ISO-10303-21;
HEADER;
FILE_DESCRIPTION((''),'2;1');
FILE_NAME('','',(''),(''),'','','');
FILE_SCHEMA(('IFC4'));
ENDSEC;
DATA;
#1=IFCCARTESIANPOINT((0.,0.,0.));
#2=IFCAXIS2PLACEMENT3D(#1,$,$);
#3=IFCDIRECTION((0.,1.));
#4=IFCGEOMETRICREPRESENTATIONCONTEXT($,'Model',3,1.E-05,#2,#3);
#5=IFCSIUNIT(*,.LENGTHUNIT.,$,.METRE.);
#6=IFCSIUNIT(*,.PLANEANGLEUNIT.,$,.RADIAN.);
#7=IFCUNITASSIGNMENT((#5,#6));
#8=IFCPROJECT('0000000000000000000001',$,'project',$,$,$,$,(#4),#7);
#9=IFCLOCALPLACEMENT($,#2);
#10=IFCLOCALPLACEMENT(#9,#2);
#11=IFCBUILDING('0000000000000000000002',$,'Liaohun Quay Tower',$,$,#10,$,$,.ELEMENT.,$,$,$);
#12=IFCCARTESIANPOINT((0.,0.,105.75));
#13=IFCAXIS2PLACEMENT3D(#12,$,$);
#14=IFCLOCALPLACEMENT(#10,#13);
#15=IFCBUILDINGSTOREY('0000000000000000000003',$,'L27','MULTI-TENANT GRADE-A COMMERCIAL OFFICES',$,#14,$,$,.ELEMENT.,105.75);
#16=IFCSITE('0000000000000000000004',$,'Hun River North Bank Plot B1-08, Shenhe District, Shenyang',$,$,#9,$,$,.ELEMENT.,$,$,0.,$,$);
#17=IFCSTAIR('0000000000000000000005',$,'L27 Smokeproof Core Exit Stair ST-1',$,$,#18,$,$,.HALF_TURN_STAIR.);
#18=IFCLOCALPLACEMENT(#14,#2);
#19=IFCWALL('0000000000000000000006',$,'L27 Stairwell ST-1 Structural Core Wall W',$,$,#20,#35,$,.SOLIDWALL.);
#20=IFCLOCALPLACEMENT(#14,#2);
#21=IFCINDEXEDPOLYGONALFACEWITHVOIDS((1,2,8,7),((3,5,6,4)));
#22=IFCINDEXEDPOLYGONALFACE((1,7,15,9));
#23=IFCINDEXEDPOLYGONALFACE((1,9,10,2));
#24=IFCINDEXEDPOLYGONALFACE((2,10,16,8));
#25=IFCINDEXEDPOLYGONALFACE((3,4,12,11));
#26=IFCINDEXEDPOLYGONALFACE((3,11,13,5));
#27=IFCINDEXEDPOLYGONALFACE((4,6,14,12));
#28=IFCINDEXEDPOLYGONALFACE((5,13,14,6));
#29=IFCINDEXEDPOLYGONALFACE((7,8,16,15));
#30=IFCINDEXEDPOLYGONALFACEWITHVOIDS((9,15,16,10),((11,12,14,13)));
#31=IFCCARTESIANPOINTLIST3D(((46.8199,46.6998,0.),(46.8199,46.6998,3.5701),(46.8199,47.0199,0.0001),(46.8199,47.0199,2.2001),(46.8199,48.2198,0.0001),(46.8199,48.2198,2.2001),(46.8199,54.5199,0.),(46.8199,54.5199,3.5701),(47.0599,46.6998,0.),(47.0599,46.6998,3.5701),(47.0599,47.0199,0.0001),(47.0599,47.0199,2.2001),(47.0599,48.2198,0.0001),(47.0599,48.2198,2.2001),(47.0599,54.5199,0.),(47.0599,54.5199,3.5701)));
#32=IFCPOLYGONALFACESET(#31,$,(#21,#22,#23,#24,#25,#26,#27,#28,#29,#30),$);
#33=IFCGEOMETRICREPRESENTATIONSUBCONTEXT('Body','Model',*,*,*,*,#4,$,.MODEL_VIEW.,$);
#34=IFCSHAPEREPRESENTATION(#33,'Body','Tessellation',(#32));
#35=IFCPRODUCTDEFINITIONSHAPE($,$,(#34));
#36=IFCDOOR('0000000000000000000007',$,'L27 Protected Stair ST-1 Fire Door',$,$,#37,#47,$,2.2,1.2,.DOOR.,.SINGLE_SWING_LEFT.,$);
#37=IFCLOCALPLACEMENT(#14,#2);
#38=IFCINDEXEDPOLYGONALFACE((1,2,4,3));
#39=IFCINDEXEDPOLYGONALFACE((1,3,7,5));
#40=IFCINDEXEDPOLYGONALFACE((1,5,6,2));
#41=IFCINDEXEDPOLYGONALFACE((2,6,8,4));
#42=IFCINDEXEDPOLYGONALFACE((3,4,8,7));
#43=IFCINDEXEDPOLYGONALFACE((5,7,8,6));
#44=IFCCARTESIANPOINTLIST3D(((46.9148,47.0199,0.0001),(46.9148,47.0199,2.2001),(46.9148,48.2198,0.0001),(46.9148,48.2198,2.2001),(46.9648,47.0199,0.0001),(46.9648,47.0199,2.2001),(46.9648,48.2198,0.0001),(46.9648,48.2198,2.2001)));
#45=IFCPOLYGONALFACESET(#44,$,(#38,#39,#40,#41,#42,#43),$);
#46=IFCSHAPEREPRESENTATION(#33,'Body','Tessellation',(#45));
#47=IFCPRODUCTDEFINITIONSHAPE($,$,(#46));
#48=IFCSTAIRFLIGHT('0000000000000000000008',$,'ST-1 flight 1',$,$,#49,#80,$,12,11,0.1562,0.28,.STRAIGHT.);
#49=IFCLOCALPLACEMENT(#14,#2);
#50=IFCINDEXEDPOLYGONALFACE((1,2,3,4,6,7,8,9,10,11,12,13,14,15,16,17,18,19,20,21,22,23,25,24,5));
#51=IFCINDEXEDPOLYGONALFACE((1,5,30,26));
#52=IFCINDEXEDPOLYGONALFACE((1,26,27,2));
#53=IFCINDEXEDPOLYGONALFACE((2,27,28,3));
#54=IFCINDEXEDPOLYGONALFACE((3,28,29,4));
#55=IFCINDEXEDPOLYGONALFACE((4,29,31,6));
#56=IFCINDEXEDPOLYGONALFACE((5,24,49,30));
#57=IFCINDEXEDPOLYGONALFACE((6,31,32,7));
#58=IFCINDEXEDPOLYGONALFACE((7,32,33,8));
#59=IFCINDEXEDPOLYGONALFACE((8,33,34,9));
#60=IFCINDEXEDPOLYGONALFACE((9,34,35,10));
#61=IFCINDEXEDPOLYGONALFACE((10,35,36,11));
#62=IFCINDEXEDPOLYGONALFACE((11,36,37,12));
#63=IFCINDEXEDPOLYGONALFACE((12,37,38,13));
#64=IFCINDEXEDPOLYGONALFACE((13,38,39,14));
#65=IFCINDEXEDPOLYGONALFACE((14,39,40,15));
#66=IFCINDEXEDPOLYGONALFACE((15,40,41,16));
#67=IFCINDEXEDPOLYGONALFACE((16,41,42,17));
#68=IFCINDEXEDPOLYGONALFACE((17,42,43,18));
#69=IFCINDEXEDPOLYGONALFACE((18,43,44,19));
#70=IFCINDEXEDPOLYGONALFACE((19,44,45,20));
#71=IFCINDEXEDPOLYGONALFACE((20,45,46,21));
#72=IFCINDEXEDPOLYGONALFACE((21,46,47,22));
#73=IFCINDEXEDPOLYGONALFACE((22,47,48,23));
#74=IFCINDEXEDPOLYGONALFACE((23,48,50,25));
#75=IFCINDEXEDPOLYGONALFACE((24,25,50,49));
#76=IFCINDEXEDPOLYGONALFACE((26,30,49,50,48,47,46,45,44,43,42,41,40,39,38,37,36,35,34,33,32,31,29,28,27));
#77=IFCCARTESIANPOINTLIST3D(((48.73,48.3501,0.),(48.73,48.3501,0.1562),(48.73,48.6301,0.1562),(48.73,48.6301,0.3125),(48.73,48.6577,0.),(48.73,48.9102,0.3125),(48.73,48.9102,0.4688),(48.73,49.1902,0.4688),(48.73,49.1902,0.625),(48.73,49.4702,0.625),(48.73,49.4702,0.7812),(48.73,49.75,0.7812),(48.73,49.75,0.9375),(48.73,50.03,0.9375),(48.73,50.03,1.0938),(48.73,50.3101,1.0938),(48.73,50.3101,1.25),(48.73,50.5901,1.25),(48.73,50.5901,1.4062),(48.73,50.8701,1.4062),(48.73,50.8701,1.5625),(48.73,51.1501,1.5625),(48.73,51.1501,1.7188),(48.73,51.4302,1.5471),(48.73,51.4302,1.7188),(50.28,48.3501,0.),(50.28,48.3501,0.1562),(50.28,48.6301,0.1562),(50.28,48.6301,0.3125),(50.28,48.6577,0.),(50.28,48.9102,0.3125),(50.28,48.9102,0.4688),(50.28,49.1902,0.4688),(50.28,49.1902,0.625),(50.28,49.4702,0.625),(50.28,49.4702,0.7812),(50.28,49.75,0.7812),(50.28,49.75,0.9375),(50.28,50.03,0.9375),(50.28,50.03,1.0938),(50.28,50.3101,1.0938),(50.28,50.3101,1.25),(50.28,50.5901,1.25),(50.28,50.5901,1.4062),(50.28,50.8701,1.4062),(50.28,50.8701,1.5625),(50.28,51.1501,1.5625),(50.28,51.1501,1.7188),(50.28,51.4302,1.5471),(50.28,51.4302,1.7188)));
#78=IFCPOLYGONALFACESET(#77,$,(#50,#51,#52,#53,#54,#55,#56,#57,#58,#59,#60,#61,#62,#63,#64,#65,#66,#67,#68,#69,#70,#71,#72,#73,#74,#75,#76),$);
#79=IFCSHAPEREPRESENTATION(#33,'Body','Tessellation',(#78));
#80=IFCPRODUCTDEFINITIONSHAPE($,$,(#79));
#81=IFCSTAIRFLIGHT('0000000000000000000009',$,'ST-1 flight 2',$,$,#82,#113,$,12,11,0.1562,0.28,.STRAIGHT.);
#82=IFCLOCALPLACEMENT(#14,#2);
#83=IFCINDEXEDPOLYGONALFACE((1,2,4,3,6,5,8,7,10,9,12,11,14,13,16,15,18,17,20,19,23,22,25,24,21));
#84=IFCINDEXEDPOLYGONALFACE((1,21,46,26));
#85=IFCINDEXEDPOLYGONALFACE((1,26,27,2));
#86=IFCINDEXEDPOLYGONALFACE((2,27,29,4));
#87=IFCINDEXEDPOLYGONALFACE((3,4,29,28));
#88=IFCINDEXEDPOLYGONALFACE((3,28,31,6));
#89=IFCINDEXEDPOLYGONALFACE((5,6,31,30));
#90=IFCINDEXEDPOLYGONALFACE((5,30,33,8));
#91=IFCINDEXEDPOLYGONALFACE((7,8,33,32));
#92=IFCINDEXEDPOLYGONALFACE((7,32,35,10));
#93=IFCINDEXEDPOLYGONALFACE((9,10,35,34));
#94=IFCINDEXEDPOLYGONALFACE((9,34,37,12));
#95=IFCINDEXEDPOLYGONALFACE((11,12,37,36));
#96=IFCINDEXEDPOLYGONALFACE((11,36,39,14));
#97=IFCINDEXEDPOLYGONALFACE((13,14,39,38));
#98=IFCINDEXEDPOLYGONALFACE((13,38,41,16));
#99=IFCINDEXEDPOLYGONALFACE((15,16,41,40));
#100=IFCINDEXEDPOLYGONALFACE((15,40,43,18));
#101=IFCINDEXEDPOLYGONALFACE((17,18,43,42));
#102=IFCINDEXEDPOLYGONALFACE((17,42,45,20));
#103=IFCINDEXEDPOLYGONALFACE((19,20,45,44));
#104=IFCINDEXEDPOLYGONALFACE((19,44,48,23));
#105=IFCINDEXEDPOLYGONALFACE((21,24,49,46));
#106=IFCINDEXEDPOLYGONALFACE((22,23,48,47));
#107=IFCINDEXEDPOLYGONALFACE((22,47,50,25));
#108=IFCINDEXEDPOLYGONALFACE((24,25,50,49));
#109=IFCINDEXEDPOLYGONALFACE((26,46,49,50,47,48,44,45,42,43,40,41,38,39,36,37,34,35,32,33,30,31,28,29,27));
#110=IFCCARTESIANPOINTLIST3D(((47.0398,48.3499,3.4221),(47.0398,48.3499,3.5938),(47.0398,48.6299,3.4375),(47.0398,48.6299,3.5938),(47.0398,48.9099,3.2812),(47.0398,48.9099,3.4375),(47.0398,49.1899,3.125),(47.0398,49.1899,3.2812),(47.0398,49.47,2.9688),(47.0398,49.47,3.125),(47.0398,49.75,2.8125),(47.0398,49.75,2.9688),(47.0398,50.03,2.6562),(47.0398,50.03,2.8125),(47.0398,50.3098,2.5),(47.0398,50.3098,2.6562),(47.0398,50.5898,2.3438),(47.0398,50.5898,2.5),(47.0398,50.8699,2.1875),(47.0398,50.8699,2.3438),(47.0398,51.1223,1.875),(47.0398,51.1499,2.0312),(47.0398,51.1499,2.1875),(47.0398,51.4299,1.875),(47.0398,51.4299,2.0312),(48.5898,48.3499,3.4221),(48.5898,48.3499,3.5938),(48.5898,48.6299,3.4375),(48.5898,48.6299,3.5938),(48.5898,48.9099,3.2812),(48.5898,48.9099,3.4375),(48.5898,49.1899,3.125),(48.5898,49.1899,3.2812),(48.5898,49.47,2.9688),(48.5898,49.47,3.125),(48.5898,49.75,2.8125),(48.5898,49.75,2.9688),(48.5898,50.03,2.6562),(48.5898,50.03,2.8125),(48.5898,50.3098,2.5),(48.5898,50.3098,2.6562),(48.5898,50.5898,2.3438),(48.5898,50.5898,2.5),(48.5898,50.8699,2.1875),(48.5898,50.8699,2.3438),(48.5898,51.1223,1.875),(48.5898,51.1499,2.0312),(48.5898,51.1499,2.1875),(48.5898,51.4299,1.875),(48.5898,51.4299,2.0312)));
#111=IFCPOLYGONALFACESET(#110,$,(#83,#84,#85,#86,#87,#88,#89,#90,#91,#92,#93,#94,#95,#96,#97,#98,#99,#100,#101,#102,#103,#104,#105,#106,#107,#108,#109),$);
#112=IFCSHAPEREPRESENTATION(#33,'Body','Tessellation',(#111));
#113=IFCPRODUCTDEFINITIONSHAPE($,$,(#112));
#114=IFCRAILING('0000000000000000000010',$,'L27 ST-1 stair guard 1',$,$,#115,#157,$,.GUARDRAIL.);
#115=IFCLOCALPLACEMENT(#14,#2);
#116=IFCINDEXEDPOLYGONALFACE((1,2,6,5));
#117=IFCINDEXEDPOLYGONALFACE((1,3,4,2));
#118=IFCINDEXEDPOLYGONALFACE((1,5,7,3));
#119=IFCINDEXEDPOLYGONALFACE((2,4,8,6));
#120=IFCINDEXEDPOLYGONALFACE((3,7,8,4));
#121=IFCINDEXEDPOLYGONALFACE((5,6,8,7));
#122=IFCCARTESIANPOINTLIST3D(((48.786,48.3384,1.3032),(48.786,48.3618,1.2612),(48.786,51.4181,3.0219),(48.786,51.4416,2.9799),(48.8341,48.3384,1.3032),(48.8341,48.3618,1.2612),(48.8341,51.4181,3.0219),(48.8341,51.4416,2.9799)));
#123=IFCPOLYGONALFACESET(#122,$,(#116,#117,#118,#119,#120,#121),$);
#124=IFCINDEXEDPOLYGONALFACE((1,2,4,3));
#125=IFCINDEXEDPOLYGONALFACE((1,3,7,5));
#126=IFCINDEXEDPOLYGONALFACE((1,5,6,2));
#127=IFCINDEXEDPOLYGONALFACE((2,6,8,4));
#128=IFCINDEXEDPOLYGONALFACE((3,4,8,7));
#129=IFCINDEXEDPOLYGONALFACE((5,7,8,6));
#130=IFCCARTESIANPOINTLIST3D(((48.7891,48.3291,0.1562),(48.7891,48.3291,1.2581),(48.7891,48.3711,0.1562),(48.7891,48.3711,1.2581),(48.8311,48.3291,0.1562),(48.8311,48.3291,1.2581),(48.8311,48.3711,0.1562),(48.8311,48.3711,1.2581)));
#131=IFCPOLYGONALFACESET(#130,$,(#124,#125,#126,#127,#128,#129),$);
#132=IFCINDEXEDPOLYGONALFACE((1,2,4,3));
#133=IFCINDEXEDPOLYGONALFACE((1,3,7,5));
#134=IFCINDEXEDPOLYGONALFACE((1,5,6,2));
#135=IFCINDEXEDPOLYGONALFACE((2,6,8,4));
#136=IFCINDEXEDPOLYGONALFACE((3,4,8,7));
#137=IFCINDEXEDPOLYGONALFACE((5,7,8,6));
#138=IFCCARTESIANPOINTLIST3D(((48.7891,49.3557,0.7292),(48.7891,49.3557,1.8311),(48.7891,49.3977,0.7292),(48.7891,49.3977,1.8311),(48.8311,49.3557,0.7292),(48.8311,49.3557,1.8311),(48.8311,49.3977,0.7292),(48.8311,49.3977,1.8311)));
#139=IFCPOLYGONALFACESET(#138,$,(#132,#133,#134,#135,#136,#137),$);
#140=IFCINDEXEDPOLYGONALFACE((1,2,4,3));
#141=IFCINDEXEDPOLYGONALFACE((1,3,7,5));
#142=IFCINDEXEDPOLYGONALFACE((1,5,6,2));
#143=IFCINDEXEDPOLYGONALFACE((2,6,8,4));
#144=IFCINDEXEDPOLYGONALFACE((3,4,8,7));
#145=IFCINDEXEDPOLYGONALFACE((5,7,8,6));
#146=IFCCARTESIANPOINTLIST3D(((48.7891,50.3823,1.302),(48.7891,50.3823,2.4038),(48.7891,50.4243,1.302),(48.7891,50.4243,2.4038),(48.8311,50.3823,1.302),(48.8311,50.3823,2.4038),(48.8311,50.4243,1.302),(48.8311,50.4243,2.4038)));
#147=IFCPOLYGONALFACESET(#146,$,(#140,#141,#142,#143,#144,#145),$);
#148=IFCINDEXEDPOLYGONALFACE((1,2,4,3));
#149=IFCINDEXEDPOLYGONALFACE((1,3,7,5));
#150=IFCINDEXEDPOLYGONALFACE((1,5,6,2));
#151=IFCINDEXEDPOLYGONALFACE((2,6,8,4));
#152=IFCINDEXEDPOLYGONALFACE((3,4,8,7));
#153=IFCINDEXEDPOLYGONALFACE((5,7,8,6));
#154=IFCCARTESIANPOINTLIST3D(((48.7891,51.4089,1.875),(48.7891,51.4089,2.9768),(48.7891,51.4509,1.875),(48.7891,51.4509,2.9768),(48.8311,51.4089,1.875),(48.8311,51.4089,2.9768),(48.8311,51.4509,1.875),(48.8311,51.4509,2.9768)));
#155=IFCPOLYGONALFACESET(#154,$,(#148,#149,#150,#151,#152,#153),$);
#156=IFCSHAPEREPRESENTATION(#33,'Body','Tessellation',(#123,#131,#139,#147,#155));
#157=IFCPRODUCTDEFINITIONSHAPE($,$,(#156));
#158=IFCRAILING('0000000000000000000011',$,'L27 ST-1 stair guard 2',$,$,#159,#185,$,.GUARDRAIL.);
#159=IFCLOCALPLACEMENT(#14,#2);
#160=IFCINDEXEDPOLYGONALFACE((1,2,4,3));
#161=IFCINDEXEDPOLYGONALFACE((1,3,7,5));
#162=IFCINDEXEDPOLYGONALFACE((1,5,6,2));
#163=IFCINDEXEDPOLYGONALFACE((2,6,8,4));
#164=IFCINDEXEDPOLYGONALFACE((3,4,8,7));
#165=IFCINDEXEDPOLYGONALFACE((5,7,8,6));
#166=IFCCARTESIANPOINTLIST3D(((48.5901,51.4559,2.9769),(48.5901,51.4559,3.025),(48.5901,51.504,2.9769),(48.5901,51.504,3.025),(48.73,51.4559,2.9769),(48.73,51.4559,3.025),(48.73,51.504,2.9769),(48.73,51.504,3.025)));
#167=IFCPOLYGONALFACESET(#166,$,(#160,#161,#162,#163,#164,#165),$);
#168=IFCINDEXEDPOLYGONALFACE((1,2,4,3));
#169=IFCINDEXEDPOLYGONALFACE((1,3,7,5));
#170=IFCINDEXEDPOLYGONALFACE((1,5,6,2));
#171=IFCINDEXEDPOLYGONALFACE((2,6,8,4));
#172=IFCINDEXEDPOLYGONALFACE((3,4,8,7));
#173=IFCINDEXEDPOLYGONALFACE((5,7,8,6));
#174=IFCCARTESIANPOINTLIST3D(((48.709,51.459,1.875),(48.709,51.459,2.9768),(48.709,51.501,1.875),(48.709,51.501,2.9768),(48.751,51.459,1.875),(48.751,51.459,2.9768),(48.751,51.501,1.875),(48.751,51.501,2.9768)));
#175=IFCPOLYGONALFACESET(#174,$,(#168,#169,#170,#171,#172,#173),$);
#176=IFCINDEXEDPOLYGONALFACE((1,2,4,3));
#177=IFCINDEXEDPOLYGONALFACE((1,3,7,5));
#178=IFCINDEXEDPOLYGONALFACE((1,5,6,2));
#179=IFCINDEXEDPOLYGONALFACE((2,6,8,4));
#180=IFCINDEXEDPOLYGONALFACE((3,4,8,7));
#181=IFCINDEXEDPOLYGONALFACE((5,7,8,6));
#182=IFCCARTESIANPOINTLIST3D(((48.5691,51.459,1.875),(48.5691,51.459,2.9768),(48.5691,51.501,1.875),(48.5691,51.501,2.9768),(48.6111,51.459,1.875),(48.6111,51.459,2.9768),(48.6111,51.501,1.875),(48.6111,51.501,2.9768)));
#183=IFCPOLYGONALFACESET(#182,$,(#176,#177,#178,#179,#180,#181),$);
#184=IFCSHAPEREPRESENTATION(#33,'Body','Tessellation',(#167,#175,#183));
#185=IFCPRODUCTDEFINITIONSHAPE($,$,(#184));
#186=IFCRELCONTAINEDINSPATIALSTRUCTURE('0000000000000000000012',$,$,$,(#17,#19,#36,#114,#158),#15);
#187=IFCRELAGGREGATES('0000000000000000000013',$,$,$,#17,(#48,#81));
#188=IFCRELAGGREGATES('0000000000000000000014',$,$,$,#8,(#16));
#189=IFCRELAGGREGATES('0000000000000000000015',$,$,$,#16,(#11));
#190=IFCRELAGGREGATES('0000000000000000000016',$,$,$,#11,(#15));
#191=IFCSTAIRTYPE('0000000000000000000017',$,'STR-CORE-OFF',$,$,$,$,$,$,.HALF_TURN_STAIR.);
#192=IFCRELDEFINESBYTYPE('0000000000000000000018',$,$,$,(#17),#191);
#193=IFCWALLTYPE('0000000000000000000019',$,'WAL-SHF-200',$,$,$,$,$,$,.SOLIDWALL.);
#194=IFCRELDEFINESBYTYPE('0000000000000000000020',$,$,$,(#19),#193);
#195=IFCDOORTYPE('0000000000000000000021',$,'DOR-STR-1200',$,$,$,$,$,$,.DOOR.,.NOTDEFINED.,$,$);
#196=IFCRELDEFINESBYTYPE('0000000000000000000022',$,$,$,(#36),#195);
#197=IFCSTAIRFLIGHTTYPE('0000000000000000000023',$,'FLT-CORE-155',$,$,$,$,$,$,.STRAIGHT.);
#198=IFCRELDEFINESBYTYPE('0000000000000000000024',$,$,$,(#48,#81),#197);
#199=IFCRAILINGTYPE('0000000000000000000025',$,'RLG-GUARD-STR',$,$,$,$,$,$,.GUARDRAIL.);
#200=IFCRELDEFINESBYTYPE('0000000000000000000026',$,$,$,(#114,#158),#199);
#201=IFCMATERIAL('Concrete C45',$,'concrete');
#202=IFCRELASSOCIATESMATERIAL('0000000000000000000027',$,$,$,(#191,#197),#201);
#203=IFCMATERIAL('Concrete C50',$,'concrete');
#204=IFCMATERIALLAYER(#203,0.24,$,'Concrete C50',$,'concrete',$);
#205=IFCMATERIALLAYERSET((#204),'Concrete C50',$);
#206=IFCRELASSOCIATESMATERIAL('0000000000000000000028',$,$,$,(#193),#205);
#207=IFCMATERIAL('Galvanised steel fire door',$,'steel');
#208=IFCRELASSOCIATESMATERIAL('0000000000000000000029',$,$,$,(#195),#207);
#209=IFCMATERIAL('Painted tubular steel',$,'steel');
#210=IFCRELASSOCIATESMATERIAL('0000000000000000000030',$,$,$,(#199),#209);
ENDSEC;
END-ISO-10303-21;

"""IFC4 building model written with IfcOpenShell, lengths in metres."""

from ifc_helpers import new_model, si_unit, direction, frame, frame_2d, origin, origin_2d, place, context, subcontext, project, spatial, polyline, rectangle, outline, extrude, source, transform, mapped, material, layer, layer_set, type_object, element, fill, aggregate, save


model = new_model("IFC4")

# Units and contexts
model_context = context("Model", 3, precision=1e-05, world=origin(), true_north=direction((0.0, 1.0)))
body_context = subcontext(model_context, "Body", "Model", "MODEL_VIEW")
ifc_project = project(units=[si_unit("LENGTHUNIT", "METRE"), si_unit("PLANEANGLEUNIT", "RADIAN")], contexts=[model_context])

# Site, building, storey
site_placement = place(None, origin())
site = spatial("IfcSite", under=ifc_project, at=site_placement, Name="Hun River North Bank Plot B1-08, Shenhe District, Shenyang", CompositionType="ELEMENT", RefElevation=0.0)
building_placement = place(site_placement, origin())
building = spatial("IfcBuilding", under=site, at=building_placement, Name="Liaohun Quay Tower", CompositionType="ELEMENT")
storey_placement = place(building_placement, frame((0.0, 0.0, 105.75)))
storey = spatial("IfcBuildingStorey", under=building, at=storey_placement, Name="L27", Description="MULTI-TENANT GRADE-A COMMERCIAL OFFICES", CompositionType="ELEMENT", Elevation=105.75)

# Stair
ifc_material_1 = material(Name="Concrete C45", Category="concrete")
stair_type = type_object("IfcStairType", Name="STR-CORE-OFF", PredefinedType="HALF_TURN_STAIR", material=ifc_material_1)
stair_1_placement = place(storey_placement, origin())
stair_1 = element("IfcStair", 1, at=stair_1_placement, inside=storey, type_object=stair_type, Name="L27 Smokeproof Core Exit Stair ST-1", PredefinedType="HALF_TURN_STAIR")

# Shared definitions
ifc_material_2 = material(Name="Concrete C50", Category="concrete")
ifc_layer_1 = layer(ifc_material_2, 0.24, Name="Concrete C50", Category="concrete")
ifc_layer_set_1 = layer_set([ifc_layer_1], Name="Concrete C50")
wall_type_1 = type_object("IfcWallType", Name="WAL-SHF-200", PredefinedType="SOLIDWALL", material=ifc_layer_set_1)

# Wall, opening, door
wall_1_placement = place(storey_placement, frame((46.9399, 54.52, 0.0), z_axis=(0.0, 0.0, 1.0), x_axis=(0.0, -1.0, 0.0)))
wall_1 = element("IfcWall", 2, at=wall_1_placement, inside=storey, type_object=wall_type_1, Name="L27 Stairwell ST-1 Structural Core Wall W", PredefinedType="SOLIDWALL", context=body_context, shape_type="SweptSolid", body=[
    extrude(rectangle(XDim=7.8201, YDim=0.24, at=frame_2d((3.9102, 0.0))), origin(), (0.0, 0.0, 1.0), 3.5701),
])
shared_shape_1 = source(origin(), body_context, "Body", "SweptSolid", [
    extrude(rectangle(XDim=1.2, YDim=2.2, at=frame_2d((0.6001, 1.1001))), frame((0.0, 0.1299, 0.0), z_axis=(0.0, -1.0, 0.0), x_axis=(1.0, 0.0, 0.0)), (0.0, 0.0, 1.0), 0.26),
])
opening_1_placement = place(wall_1_placement, frame((6.3, 0.0, 0.0)))
opening_1 = element("IfcOpeningElement", 3, at=opening_1_placement, cuts=wall_1, PredefinedType="OPENING", context=body_context, shape_type="MappedRepresentation", body=[
    mapped(shared_shape_1, transform((0.0, 0.0, 0.0), x_axis=(1.0, 0.0, 0.0), y_axis=(0.0, 1.0, 0.0), z_axis=(0.0, 0.0, 1.0), scale=1.0)),
])
ifc_material_3 = material(Name="Galvanised steel fire door", Category="steel")
door_type_1 = type_object("IfcDoorType", Name="DOR-STR-1200", OperationType="NOTDEFINED", PredefinedType="DOOR", material=ifc_material_3)
shared_shape_2 = source(origin(), body_context, "Body", "SweptSolid", [
    extrude(rectangle(XDim=1.2, YDim=2.2, at=frame_2d((0.6001, 1.1001))), frame((0.0, 0.0249, 0.0), z_axis=(0.0, -1.0, 0.0), x_axis=(1.0, 0.0, 0.0)), (0.0, 0.0, 1.0), 0.05),
])
door_1_placement = place(opening_1_placement, origin())
door_1 = element("IfcDoor", 4, at=door_1_placement, inside=storey, type_object=door_type_1, Name="L27 Protected Stair ST-1 Fire Door", OperationType="SINGLE_SWING_LEFT", OverallHeight=2.2, OverallWidth=1.2, PredefinedType="DOOR", context=body_context, shape_type="MappedRepresentation", body=[
    mapped(shared_shape_2, transform((0.0, 0.0, 0.0), x_axis=(1.0, 0.0, 0.0), y_axis=(0.0, 1.0, 0.0), z_axis=(0.0, 0.0, 1.0), scale=1.0)),
])
fill(opening_1, door_1)

# Stair flights
stair_flight_type = type_object("IfcStairFlightType", Name="FLT-CORE-155", PredefinedType="STRAIGHT", material=ifc_material_1)
stair_flight_1_placement = place(storey_placement, frame((49.5049, 48.3501, 0.0), z_axis=(0.0, 0.0, 1.0), x_axis=(0.0, 1.0, 0.0)))
stair_flight_1 = element("IfcStairFlight", 5, at=stair_flight_1_placement, type_object=stair_flight_type, Name="ST-1 flight 1", NumberOfRisers=12, NumberOfTreads=11, PredefinedType="STRAIGHT", RiserHeight=0.1562, TreadLength=0.28, context=body_context, shape_type="SweptSolid", body=[
    extrude(outline(polyline([(0.0, 0.0), (0.0, 0.1562), (0.28, 0.1562), (0.28, 0.3125), (0.5601, 0.3125), (0.5601, 0.4688), (0.8401, 0.4688), (0.8401, 0.625), (1.1201, 0.625), (1.1201, 0.7812), (1.3999, 0.7812), (1.3999, 0.9375), (1.6799, 0.9375), (1.6799, 1.0938), (1.96, 1.0938), (1.96, 1.25), (2.24, 1.25), (2.24, 1.4062), (2.52, 1.4062), (2.52, 1.5625), (2.8, 1.5625), (2.8, 1.7188), (3.0801, 1.7188), (3.0801, 1.875), (3.0801, 1.5471), (0.3076, 0.0), (0.0, 0.0)])), frame((0.0, 0.7749, 0.0), z_axis=(0.0, -1.0, 0.0), x_axis=(1.0, 0.0, 0.0)), (0.0, 0.0, 1.0), 1.55),
])
stair_flight_2_placement = place(storey_placement, frame((47.8149, 51.4299, 1.875), z_axis=(0.0, 0.0, 1.0), x_axis=(0.0, -1.0, 0.0)))
stair_flight_2 = element("IfcStairFlight", 6, at=stair_flight_2_placement, type_object=stair_flight_type, Name="ST-1 flight 2", NumberOfRisers=12, NumberOfTreads=11, PredefinedType="STRAIGHT", RiserHeight=0.1562, TreadLength=0.28, context=body_context, shape_type="SweptSolid", body=[
    extrude(outline(polyline([(0.0, 0.0), (0.0, 0.1562), (0.28, 0.1562), (0.28, 0.3125), (0.5601, 0.3125), (0.5601, 0.4688), (0.8401, 0.4688), (0.8401, 0.625), (1.1201, 0.625), (1.1201, 0.7812), (1.3999, 0.7812), (1.3999, 0.9375), (1.6799, 0.9375), (1.6799, 1.0938), (1.96, 1.0938), (1.96, 1.25), (2.24, 1.25), (2.24, 1.4062), (2.52, 1.4062), (2.52, 1.5625), (2.8, 1.5625), (2.8, 1.7188), (3.0801, 1.7188), (3.0801, 1.875), (3.0801, 1.5471), (0.3076, 0.0), (0.0, 0.0)])), frame((0.0, 0.7749, 0.0), z_axis=(0.0, -1.0, 0.0), x_axis=(1.0, 0.0, 0.0)), (0.0, 0.0, 1.0), 1.55),
])
aggregate(stair_1, [stair_flight_1, stair_flight_2])

# Railings
ifc_material_4 = material(Name="Painted tubular steel", Category="steel")
railing_type_1 = type_object("IfcRailingType", Name="RLG-GUARD-STR", PredefinedType="GUARDRAIL", material=ifc_material_4)
railing_1_placement = place(storey_placement, frame((48.8101, 48.3501, 0.1562)))
element("IfcRailing", 7, at=railing_1_placement, inside=storey, type_object=railing_type_1, Name="L27 ST-1 stair guard 1", PredefinedType="GUARDRAIL", context=body_context, shape_type="SweptSolid", body=[
    extrude(rectangle(XDim=0.0481, YDim=0.0481, at=origin_2d()), frame((0.0, 0.0, 1.126), z_axis=(0.0, 0.873225, 0.487317), x_axis=(-1.0, 0.0, 0.0)), (0.0, 0.0, 1.0), 3.5269),
    extrude(rectangle(XDim=0.042, YDim=0.042, at=origin_2d()), origin(), (0.0, 0.0, 1.0), 1.1018),
    extrude(rectangle(XDim=0.042, YDim=0.042, at=origin_2d()), frame((0.0, 1.0266, 0.573)), (0.0, 0.0, 1.0), 1.1018),
    extrude(rectangle(XDim=0.042, YDim=0.042, at=origin_2d()), frame((0.0, 2.0532, 1.1458)), (0.0, 0.0, 1.0), 1.1018),
    extrude(rectangle(XDim=0.042, YDim=0.042, at=origin_2d()), frame((0.0, 3.0798, 1.7188)), (0.0, 0.0, 1.0), 1.1018),
])
railing_2_placement = place(storey_placement, frame((48.73, 51.48, 1.875)))
element("IfcRailing", 8, at=railing_2_placement, inside=storey, type_object=railing_type_1, Name="L27 ST-1 stair guard 2", PredefinedType="GUARDRAIL", context=body_context, shape_type="SweptSolid", body=[
    extrude(rectangle(XDim=0.0481, YDim=0.0481, at=origin_2d()), frame((0.0, 0.0, 1.126), z_axis=(-1.0, 0.0, 0.0), x_axis=(0.0, -1.0, 0.0)), (0.0, 0.0, 1.0), 0.1399),
    extrude(rectangle(XDim=0.042, YDim=0.042, at=origin_2d()), origin(), (0.0, 0.0, 1.0), 1.1018),
    extrude(rectangle(XDim=0.042, YDim=0.042, at=origin_2d()), frame((-0.1399, 0.0, 0.0)), (0.0, 0.0, 1.0), 1.1018),
])

save(model, "model.ifc")
